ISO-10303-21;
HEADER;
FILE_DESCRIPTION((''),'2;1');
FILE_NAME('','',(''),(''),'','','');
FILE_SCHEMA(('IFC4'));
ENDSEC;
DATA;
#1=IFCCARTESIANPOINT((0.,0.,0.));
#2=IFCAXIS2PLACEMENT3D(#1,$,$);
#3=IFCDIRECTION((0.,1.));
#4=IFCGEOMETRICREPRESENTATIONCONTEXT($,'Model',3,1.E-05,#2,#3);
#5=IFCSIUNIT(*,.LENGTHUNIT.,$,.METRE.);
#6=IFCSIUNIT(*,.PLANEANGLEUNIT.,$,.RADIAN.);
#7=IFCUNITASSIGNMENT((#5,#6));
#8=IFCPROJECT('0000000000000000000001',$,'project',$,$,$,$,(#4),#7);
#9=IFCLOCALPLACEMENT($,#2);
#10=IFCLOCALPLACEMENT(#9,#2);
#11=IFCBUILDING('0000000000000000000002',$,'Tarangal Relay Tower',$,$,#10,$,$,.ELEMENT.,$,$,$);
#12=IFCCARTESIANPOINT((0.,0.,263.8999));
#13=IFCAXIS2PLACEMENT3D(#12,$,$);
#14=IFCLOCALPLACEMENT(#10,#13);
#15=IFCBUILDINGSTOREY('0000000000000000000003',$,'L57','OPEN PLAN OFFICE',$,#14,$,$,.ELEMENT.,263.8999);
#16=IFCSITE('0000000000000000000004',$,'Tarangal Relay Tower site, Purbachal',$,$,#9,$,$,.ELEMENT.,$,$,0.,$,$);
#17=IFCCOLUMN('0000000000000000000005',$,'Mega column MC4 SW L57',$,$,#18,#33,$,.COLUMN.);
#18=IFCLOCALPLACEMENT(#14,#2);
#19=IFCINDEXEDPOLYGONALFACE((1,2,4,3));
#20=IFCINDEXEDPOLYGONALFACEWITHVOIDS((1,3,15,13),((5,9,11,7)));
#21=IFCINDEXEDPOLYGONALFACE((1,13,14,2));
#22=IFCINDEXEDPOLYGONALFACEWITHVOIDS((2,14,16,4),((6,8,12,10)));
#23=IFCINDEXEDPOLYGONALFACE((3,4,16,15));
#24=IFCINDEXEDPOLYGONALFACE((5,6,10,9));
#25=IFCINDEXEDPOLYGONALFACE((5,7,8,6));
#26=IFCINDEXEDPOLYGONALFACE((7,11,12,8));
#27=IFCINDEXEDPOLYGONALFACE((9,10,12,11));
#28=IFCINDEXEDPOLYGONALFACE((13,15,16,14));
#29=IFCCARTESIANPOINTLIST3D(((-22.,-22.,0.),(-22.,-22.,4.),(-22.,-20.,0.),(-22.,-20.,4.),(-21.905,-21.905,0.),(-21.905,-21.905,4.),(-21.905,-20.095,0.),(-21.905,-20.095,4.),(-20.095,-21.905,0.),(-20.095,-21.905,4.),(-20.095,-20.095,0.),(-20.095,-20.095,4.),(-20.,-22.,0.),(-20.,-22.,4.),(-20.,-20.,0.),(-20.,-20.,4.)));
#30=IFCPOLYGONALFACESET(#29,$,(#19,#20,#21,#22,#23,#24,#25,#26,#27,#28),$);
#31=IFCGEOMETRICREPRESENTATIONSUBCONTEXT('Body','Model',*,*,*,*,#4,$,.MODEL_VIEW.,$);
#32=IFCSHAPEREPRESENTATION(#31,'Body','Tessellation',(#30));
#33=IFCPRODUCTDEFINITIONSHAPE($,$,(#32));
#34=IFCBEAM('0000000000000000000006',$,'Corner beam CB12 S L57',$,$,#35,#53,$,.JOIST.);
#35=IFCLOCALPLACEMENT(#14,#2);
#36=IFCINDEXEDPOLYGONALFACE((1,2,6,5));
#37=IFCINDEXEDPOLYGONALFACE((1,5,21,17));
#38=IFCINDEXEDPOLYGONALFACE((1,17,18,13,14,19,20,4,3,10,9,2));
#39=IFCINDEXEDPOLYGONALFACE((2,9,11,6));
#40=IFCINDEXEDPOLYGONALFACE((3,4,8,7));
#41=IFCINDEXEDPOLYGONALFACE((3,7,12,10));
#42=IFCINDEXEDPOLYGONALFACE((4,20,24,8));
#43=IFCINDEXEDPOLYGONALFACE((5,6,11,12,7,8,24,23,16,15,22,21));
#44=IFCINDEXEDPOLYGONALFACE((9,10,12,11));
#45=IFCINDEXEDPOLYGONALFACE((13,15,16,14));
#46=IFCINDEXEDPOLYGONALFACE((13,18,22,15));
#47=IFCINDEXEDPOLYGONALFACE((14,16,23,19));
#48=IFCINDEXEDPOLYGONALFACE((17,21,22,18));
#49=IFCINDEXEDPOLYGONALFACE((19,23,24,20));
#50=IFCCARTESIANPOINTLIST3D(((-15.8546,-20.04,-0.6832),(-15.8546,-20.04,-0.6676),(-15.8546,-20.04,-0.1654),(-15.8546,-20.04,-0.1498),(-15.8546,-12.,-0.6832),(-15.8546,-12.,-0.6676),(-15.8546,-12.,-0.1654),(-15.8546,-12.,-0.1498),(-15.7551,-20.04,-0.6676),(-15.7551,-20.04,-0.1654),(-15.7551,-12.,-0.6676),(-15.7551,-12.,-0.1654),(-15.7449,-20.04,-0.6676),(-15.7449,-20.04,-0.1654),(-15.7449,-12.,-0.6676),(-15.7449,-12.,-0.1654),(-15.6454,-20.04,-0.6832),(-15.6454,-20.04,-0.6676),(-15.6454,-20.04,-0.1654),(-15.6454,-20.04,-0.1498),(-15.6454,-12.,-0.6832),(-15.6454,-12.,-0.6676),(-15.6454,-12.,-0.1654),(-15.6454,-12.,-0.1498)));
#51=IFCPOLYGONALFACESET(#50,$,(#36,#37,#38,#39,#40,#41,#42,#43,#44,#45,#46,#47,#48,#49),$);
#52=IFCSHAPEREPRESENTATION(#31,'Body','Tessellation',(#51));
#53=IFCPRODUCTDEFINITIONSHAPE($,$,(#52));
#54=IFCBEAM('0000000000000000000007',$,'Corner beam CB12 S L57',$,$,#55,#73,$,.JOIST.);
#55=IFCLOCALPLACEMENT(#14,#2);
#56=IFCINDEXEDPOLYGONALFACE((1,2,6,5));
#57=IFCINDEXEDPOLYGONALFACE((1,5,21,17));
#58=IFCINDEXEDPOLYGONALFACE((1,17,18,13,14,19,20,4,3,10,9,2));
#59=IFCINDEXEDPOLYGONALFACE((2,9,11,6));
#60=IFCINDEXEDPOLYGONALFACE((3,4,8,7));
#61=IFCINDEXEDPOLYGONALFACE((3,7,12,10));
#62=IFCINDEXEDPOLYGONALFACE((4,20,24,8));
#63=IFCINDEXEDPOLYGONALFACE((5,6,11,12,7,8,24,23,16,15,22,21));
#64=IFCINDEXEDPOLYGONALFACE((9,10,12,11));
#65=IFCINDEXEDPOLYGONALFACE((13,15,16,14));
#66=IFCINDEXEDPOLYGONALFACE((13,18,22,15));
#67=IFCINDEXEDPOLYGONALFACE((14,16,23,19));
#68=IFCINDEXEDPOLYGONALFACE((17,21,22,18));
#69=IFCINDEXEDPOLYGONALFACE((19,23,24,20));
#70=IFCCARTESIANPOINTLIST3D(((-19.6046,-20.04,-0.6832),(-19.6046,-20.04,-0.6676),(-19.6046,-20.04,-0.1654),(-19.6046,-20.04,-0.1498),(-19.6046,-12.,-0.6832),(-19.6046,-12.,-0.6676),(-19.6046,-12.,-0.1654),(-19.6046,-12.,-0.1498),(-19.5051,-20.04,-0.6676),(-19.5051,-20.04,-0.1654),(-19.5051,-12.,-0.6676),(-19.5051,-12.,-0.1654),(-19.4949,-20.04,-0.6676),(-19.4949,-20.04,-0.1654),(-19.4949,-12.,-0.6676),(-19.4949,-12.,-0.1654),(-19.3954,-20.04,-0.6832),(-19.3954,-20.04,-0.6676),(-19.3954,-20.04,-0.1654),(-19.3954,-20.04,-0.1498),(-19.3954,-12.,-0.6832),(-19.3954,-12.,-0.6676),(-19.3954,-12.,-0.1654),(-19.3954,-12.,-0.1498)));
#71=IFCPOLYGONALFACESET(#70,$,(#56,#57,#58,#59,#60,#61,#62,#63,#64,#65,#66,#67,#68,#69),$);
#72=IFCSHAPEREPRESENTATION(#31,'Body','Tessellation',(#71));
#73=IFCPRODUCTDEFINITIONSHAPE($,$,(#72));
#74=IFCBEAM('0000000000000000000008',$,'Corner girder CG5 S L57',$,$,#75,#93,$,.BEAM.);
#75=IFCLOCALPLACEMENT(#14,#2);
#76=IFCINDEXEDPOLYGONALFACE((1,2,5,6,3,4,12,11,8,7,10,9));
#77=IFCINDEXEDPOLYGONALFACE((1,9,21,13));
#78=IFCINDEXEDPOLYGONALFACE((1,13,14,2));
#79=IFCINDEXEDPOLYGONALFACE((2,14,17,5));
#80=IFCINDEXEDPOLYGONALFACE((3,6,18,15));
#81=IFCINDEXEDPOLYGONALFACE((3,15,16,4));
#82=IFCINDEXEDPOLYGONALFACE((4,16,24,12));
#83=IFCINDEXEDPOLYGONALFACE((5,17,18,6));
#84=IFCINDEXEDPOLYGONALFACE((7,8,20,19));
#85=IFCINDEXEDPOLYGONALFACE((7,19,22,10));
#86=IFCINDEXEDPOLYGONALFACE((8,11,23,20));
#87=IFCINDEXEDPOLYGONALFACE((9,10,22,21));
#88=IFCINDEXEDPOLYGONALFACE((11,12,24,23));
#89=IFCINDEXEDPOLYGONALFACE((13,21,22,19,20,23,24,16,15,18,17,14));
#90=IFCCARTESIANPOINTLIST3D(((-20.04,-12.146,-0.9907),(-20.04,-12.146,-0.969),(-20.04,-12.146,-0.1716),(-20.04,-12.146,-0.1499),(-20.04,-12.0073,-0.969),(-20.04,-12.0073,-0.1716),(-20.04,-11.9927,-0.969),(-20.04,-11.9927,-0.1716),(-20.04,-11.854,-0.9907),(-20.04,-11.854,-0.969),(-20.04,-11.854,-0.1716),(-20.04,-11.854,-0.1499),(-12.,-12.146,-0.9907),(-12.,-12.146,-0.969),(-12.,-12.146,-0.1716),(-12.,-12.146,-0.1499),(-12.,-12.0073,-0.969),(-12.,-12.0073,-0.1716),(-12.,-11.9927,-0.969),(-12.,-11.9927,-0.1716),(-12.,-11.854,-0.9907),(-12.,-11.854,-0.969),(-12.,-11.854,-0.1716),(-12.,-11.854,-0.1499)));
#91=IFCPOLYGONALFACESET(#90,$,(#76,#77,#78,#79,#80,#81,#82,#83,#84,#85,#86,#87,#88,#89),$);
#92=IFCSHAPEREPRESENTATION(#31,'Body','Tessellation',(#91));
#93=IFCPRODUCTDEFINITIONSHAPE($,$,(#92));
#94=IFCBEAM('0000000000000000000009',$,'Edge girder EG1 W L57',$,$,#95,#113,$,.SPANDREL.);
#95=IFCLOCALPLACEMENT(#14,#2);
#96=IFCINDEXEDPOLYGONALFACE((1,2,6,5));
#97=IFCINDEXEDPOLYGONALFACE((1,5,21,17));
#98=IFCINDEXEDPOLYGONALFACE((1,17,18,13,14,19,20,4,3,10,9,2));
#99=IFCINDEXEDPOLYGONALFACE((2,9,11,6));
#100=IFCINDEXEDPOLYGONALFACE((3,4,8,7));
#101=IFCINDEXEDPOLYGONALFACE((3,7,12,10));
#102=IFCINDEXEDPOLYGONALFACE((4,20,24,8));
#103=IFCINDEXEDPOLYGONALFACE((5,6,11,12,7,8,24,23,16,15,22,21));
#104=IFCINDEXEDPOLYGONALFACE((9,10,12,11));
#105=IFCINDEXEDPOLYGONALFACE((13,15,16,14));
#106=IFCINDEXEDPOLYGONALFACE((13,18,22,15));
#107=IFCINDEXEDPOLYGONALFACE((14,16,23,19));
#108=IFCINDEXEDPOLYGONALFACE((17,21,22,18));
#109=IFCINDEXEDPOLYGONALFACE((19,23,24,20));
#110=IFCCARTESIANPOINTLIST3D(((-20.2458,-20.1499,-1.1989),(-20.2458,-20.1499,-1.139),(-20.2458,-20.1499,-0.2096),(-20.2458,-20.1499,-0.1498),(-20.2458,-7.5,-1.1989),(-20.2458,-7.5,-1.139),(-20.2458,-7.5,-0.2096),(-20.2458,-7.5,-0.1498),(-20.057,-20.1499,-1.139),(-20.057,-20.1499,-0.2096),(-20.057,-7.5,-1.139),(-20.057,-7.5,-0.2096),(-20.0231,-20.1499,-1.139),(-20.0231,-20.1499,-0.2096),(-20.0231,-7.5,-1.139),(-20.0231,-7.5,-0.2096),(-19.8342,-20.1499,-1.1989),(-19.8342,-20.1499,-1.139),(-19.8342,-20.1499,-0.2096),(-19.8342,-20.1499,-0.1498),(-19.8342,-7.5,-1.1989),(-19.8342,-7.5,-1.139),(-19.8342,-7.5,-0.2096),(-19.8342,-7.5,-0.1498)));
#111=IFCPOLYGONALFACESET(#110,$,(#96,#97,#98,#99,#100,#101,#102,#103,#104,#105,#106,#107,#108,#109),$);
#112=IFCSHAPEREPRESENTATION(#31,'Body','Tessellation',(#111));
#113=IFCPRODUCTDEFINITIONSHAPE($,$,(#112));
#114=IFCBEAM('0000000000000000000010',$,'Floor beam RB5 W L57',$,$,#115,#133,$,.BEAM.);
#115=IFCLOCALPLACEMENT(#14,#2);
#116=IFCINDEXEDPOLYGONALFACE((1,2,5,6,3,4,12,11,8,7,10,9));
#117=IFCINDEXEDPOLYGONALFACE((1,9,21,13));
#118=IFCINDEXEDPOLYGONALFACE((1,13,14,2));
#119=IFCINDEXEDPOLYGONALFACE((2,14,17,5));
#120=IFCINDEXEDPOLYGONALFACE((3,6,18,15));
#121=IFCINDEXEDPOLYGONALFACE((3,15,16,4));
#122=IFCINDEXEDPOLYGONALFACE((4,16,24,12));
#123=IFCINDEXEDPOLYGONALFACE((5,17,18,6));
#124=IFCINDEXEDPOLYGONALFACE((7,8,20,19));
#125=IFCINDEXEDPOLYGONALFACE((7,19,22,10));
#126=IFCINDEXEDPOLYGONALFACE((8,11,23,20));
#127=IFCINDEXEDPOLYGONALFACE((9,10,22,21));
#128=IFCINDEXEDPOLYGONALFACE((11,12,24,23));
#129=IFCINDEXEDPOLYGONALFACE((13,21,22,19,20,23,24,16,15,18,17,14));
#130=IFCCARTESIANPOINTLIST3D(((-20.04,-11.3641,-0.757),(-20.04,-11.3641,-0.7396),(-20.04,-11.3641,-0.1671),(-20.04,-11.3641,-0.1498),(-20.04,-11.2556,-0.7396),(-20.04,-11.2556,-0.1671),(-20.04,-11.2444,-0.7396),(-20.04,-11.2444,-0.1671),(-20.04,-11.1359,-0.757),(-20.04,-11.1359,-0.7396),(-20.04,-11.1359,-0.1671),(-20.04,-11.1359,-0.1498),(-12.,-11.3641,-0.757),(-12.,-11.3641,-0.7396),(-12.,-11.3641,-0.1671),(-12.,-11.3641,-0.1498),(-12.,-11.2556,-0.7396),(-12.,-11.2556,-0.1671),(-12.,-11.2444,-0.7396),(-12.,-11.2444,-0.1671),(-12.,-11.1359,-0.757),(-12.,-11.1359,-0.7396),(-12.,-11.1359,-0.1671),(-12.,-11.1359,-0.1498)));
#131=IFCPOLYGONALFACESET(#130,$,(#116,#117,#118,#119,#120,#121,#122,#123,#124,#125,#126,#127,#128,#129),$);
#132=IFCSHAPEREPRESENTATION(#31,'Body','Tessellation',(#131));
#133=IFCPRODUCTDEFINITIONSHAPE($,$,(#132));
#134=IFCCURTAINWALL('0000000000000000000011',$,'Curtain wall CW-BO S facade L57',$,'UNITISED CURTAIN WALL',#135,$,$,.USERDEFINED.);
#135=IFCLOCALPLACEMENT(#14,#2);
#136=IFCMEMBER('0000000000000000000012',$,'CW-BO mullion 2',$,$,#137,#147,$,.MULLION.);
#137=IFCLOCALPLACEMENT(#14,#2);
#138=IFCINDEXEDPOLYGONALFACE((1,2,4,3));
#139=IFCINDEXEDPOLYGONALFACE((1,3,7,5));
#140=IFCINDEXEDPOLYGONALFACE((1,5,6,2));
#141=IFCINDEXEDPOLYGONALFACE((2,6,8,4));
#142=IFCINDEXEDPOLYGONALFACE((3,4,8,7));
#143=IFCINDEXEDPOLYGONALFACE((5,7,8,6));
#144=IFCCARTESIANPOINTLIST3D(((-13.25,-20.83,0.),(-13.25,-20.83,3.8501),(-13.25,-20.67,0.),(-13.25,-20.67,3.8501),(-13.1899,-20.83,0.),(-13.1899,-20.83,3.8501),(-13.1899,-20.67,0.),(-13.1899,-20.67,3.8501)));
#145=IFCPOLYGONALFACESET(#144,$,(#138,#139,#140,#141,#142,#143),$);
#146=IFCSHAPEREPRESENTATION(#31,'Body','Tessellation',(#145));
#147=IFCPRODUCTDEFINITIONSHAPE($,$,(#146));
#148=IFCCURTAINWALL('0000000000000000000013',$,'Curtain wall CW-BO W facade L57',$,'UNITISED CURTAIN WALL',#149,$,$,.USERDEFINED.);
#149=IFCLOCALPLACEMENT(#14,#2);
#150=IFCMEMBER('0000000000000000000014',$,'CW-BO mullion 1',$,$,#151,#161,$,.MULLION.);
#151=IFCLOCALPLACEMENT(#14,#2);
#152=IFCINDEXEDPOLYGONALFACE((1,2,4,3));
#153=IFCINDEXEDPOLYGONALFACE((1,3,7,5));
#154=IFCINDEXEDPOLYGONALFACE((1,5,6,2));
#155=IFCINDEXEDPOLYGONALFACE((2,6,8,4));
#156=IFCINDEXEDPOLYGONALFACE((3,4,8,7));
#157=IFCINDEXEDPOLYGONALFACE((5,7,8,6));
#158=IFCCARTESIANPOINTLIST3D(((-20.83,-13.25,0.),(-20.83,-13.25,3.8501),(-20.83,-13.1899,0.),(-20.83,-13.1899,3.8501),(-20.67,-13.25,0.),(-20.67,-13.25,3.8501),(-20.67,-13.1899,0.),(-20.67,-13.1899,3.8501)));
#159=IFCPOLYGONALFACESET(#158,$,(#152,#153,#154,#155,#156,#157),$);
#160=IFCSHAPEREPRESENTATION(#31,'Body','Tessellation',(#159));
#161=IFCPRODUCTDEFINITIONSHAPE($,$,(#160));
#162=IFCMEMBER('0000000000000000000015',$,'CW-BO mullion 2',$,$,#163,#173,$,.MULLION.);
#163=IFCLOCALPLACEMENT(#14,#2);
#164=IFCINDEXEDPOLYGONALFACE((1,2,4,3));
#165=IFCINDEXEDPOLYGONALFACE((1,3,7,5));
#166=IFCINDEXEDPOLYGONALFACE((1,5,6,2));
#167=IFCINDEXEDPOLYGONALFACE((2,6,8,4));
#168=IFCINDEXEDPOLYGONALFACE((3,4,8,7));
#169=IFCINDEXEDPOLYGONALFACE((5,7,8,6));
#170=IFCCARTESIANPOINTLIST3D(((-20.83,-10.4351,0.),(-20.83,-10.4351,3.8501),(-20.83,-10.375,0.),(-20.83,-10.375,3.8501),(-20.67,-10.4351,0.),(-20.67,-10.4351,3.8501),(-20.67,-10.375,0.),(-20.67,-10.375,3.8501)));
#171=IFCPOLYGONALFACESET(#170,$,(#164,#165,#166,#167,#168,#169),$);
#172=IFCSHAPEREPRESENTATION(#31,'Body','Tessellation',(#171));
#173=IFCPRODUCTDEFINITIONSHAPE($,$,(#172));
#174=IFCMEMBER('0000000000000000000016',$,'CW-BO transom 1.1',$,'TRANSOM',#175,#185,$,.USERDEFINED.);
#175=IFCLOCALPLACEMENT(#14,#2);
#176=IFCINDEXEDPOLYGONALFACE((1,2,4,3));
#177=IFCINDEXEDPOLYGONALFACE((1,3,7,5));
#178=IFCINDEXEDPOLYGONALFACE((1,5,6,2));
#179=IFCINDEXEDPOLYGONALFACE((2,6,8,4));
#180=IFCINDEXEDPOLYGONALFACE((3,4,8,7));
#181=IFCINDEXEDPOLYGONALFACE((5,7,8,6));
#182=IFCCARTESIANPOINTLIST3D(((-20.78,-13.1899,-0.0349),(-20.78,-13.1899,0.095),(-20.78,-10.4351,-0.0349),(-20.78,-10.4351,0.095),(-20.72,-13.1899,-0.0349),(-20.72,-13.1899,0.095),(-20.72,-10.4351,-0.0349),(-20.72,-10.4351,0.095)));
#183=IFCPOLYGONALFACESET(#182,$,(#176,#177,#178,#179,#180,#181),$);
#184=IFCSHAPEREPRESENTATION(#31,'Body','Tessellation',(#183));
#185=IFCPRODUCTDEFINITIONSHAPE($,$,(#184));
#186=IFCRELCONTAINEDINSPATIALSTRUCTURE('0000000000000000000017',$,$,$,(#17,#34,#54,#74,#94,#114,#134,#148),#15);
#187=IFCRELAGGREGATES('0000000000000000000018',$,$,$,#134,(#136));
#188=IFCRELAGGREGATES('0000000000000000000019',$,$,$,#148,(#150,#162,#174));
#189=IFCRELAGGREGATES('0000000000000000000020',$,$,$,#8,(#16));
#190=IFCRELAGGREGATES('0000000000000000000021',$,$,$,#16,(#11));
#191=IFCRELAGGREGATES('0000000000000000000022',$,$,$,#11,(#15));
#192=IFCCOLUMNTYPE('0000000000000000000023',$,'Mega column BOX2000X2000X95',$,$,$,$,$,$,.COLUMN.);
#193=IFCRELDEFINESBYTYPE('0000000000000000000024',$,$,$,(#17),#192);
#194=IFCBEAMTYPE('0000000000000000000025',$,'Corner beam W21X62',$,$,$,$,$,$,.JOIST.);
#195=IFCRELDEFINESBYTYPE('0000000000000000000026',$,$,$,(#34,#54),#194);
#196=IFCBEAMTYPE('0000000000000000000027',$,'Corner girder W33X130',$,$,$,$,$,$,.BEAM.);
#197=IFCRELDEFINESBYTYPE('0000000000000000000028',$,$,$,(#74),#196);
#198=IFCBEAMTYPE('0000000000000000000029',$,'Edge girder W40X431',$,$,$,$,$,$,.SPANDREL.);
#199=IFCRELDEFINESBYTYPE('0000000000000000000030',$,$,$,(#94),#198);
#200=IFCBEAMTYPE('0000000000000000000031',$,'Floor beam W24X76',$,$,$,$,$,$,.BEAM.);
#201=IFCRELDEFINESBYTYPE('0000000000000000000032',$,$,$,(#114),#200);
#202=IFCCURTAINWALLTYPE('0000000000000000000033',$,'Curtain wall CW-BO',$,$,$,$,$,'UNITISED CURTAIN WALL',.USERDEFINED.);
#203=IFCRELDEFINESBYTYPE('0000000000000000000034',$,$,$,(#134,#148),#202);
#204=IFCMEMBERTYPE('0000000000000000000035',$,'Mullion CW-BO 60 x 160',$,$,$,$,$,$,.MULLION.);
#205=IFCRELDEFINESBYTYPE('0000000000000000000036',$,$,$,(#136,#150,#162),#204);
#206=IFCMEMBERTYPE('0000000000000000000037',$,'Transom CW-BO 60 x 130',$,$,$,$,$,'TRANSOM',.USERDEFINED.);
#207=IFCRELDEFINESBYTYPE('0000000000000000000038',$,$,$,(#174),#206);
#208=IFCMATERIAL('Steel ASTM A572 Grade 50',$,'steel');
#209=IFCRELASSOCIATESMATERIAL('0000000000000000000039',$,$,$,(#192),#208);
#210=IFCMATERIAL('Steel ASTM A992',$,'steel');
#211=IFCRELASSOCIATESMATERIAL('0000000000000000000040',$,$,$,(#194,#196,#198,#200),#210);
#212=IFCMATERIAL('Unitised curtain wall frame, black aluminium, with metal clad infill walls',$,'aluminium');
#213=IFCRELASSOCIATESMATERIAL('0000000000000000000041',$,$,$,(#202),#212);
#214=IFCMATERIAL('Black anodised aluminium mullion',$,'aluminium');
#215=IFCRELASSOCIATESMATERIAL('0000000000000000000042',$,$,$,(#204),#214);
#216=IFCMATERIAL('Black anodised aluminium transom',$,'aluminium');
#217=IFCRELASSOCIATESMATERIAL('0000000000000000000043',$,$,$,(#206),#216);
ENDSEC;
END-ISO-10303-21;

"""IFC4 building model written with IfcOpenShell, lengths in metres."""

from ifc_helpers import new_model, si_unit, direction, frame, origin, origin_2d, place, context, subcontext, project, spatial, rectangle, hollow_rectangle, i_section, extrude, material, material_profile, profile_set, type_object, element, aggregate, save


model = new_model("IFC4")

# Units and contexts
model_context = context("Model", 3, precision=1e-05, world=origin(), true_north=direction((0.0, 1.0)))
body_context = subcontext(model_context, "Body", "Model", "MODEL_VIEW")
ifc_project = project(units=[si_unit("LENGTHUNIT", "METRE"), si_unit("PLANEANGLEUNIT", "RADIAN")], contexts=[model_context])

# Site, building, storey
site_placement = place(None, origin())
site = spatial("IfcSite", under=ifc_project, at=site_placement, Name="Tarangal Relay Tower site, Purbachal", CompositionType="ELEMENT", RefElevation=0.0)
building_placement = place(site_placement, origin())
building = spatial("IfcBuilding", under=site, at=building_placement, Name="Tarangal Relay Tower", CompositionType="ELEMENT")
storey_placement = place(building_placement, frame((0.0, 0.0, 263.8999)))
storey = spatial("IfcBuildingStorey", under=building, at=storey_placement, Name="L57", Description="OPEN PLAN OFFICE", CompositionType="ELEMENT", Elevation=263.8999)

# Column
ifc_material_1 = material(Name="Steel ASTM A572 Grade 50", Category="steel")
ifc_material_profile_1 = material_profile(ifc_material_1, hollow_rectangle(XDim=2.0, YDim=2.0, WallThickness=0.095, at=origin_2d()), Name="BOX2000X2000X95")
ifc_profile_set_1 = profile_set([ifc_material_profile_1], Name="Steel ASTM A572 Grade 50")
column_type = type_object("IfcColumnType", Name="Mega column BOX2000X2000X95", PredefinedType="COLUMN", material=ifc_profile_set_1)
column_placement = place(storey_placement, frame((-21.0, -21.0, 0.0), z_axis=(0.0, 0.0, 1.0), x_axis=(1.0, 0.0, 0.0)))
element("IfcColumn", 1, at=column_placement, inside=storey, type_object=column_type, Name="Mega column MC4 SW L57", PredefinedType="COLUMN", context=body_context, shape_type="SweptSolid", body=[
    extrude(hollow_rectangle(XDim=2.0, YDim=2.0, WallThickness=0.095, at=origin_2d()), origin(), (0.0, 0.0, 1.0), 4.0),
])

# Beams
ifc_material_2 = material(Name="Steel ASTM A992", Category="steel")
ifc_material_profile_2 = material_profile(ifc_material_2, i_section(OverallWidth=0.2092, OverallDepth=0.5334, WebThickness=0.0103, FlangeThickness=0.0156, at=origin_2d()), Name="W21X62")
ifc_profile_set_2 = profile_set([ifc_material_profile_2], Name="Steel ASTM A992")
beam_type_1 = type_object("IfcBeamType", Name="Corner beam W21X62", PredefinedType="JOIST", material=ifc_profile_set_2)
for number, where, z_axis, x_axis, name in (
    (2, (-15.75, -12.0, -0.4165), (0.0, -1.0, 0.0), (1.0, 0.0, 0.0), "Corner beam CB12 S L57"),
    (3, (-19.5, -12.0, -0.4165), (0.0, -1.0, 0.0), (1.0, 0.0, 0.0), "Corner beam CB12 S L57"),
):
    element("IfcBeam", number, at=place(storey_placement, frame(where, z_axis=z_axis, x_axis=x_axis)), inside=storey, type_object=beam_type_1, Name=name, PredefinedType="JOIST", context=body_context, shape_type="SweptSolid", body=[
        extrude(i_section(OverallWidth=0.2092, OverallDepth=0.5334, WebThickness=0.0103, FlangeThickness=0.0156, at=origin_2d()), origin(), (0.0, 0.0, 1.0), 8.04),
    ])
ifc_material_profile_3 = material_profile(ifc_material_2, i_section(OverallWidth=0.292, OverallDepth=0.8408, WebThickness=0.0146, FlangeThickness=0.0217, at=origin_2d()), Name="W33X130")
ifc_profile_set_3 = profile_set([ifc_material_profile_3], Name="Steel ASTM A992")
beam_type_2 = type_object("IfcBeamType", Name="Corner girder W33X130", PredefinedType="BEAM", material=ifc_profile_set_3)
beam_1_placement = place(storey_placement, frame((-12.0, -12.0, -0.5703), z_axis=(-1.0, 0.0, 0.0), x_axis=(0.0, -1.0, 0.0)))
element("IfcBeam", 4, at=beam_1_placement, inside=storey, type_object=beam_type_2, Name="Corner girder CG5 S L57", PredefinedType="BEAM", context=body_context, shape_type="SweptSolid", body=[
    extrude(i_section(OverallWidth=0.292, OverallDepth=0.8408, WebThickness=0.0146, FlangeThickness=0.0217, at=origin_2d()), origin(), (0.0, 0.0, 1.0), 8.04),
])
ifc_material_profile_4 = material_profile(ifc_material_2, i_section(OverallWidth=0.4116, OverallDepth=1.0491, WebThickness=0.0339, FlangeThickness=0.0598, at=origin_2d()), Name="W40X431")
ifc_profile_set_4 = profile_set([ifc_material_profile_4], Name="Steel ASTM A992")
beam_type_3 = type_object("IfcBeamType", Name="Edge girder W40X431", PredefinedType="SPANDREL", material=ifc_profile_set_4)
beam_2_placement = place(storey_placement, frame((-20.04, -20.1499, -0.6743), z_axis=(0.0, 1.0, 0.0), x_axis=(-1.0, 0.0, 0.0)))
element("IfcBeam", 5, at=beam_2_placement, inside=storey, type_object=beam_type_3, Name="Edge girder EG1 W L57", PredefinedType="SPANDREL", context=body_context, shape_type="SweptSolid", body=[
    extrude(i_section(OverallWidth=0.4116, OverallDepth=1.0491, WebThickness=0.0339, FlangeThickness=0.0598, at=origin_2d()), origin(), (0.0, 0.0, 1.0), 12.6499),
])
ifc_material_profile_5 = material_profile(ifc_material_2, i_section(OverallWidth=0.2283, OverallDepth=0.6072, WebThickness=0.0112, FlangeThickness=0.0173, at=origin_2d()), Name="W24X76")
ifc_profile_set_5 = profile_set([ifc_material_profile_5], Name="Steel ASTM A992")
beam_type_4 = type_object("IfcBeamType", Name="Floor beam W24X76", PredefinedType="BEAM", material=ifc_profile_set_5)
beam_3_placement = place(storey_placement, frame((-12.0, -11.25, -0.4534), z_axis=(-1.0, 0.0, 0.0), x_axis=(0.0, -1.0, 0.0)))
element("IfcBeam", 6, at=beam_3_placement, inside=storey, type_object=beam_type_4, Name="Floor beam RB5 W L57", PredefinedType="BEAM", context=body_context, shape_type="SweptSolid", body=[
    extrude(i_section(OverallWidth=0.2283, OverallDepth=0.6072, WebThickness=0.0112, FlangeThickness=0.0173, at=origin_2d()), origin(), (0.0, 0.0, 1.0), 8.04),
])

# Curtain wall, member
ifc_material_3 = material(Name="Unitised curtain wall frame, black aluminium, with metal clad infill walls", Category="aluminium")
curtain_wall_type = type_object("IfcCurtainWallType", Name="Curtain wall CW-BO", ElementType="UNITISED CURTAIN WALL", PredefinedType="USERDEFINED", material=ifc_material_3)
curtain_wall_1_placement = place(storey_placement, origin())
curtain_wall_1 = element("IfcCurtainWall", 7, at=curtain_wall_1_placement, inside=storey, type_object=curtain_wall_type, Name="Curtain wall CW-BO S facade L57", ObjectType="UNITISED CURTAIN WALL", PredefinedType="USERDEFINED")
ifc_material_4 = material(Name="Black anodised aluminium mullion", Category="aluminium")
ifc_material_profile_6 = material_profile(ifc_material_4, rectangle(XDim=0.1599, YDim=0.0601, at=origin_2d()), Name="CW-BOM 60X160")
ifc_profile_set_6 = profile_set([ifc_material_profile_6], Name="Black anodised aluminium mullion")
member_type_1 = type_object("IfcMemberType", Name="Mullion CW-BO 60 x 160", PredefinedType="MULLION", material=ifc_profile_set_6)
member_1_placement = place(storey_placement, frame((-13.22, -20.75, 0.0), z_axis=(0.0, 0.0, 1.0), x_axis=(0.0, -1.0, 0.0)))
member_1 = element("IfcMember", 8, at=member_1_placement, type_object=member_type_1, Name="CW-BO mullion 2", PredefinedType="MULLION", context=body_context, shape_type="SweptSolid", body=[
    extrude(rectangle(XDim=0.1599, YDim=0.0601, at=origin_2d()), origin(), (0.0, 0.0, 1.0), 3.8501),
])
aggregate(curtain_wall_1, [member_1])

# Curtain wall, members
curtain_wall_2_placement = place(storey_placement, origin())
curtain_wall_2 = element("IfcCurtainWall", 9, at=curtain_wall_2_placement, inside=storey, type_object=curtain_wall_type, Name="Curtain wall CW-BO W facade L57", ObjectType="UNITISED CURTAIN WALL", PredefinedType="USERDEFINED")
member_2_placement = place(storey_placement, frame((-20.75, -13.22, 0.0), z_axis=(0.0, 0.0, 1.0), x_axis=(-1.0, 0.0, 0.0)))
member_2 = element("IfcMember", 10, at=member_2_placement, type_object=member_type_1, Name="CW-BO mullion 1", PredefinedType="MULLION", context=body_context, shape_type="SweptSolid", body=[
    extrude(rectangle(XDim=0.1599, YDim=0.0601, at=origin_2d()), origin(), (0.0, 0.0, 1.0), 3.8501),
])
member_3_placement = place(storey_placement, frame((-20.75, -10.405, 0.0), z_axis=(0.0, 0.0, 1.0), x_axis=(-1.0, 0.0, 0.0)))
member_3 = element("IfcMember", 11, at=member_3_placement, type_object=member_type_1, Name="CW-BO mullion 2", PredefinedType="MULLION", context=body_context, shape_type="SweptSolid", body=[
    extrude(rectangle(XDim=0.1599, YDim=0.0601, at=origin_2d()), origin(), (0.0, 0.0, 1.0), 3.8501),
])
ifc_material_5 = material(Name="Black anodised aluminium transom", Category="aluminium")
ifc_material_profile_7 = material_profile(ifc_material_5, rectangle(XDim=0.0601, YDim=0.1299, at=origin_2d()), Name="CW-BOT 60X130")
ifc_profile_set_7 = profile_set([ifc_material_profile_7], Name="Black anodised aluminium transom")
member_type_2 = type_object("IfcMemberType", Name="Transom CW-BO 60 x 130", ElementType="TRANSOM", PredefinedType="USERDEFINED", material=ifc_profile_set_7)
member_4_placement = place(storey_placement, frame((-20.75, -13.1899, 0.03), z_axis=(0.0, 1.0, 0.0), x_axis=(-1.0, 0.0, 0.0)))
member_4 = element("IfcMember", 12, at=member_4_placement, type_object=member_type_2, Name="CW-BO transom 1.1", ObjectType="TRANSOM", PredefinedType="USERDEFINED", context=body_context, shape_type="SweptSolid", body=[
    extrude(rectangle(XDim=0.0601, YDim=0.1299, at=origin_2d()), origin(), (0.0, 0.0, 1.0), 2.7549),
])
aggregate(curtain_wall_2, [member_2, member_3, member_4])

save(model, "model.ifc")
